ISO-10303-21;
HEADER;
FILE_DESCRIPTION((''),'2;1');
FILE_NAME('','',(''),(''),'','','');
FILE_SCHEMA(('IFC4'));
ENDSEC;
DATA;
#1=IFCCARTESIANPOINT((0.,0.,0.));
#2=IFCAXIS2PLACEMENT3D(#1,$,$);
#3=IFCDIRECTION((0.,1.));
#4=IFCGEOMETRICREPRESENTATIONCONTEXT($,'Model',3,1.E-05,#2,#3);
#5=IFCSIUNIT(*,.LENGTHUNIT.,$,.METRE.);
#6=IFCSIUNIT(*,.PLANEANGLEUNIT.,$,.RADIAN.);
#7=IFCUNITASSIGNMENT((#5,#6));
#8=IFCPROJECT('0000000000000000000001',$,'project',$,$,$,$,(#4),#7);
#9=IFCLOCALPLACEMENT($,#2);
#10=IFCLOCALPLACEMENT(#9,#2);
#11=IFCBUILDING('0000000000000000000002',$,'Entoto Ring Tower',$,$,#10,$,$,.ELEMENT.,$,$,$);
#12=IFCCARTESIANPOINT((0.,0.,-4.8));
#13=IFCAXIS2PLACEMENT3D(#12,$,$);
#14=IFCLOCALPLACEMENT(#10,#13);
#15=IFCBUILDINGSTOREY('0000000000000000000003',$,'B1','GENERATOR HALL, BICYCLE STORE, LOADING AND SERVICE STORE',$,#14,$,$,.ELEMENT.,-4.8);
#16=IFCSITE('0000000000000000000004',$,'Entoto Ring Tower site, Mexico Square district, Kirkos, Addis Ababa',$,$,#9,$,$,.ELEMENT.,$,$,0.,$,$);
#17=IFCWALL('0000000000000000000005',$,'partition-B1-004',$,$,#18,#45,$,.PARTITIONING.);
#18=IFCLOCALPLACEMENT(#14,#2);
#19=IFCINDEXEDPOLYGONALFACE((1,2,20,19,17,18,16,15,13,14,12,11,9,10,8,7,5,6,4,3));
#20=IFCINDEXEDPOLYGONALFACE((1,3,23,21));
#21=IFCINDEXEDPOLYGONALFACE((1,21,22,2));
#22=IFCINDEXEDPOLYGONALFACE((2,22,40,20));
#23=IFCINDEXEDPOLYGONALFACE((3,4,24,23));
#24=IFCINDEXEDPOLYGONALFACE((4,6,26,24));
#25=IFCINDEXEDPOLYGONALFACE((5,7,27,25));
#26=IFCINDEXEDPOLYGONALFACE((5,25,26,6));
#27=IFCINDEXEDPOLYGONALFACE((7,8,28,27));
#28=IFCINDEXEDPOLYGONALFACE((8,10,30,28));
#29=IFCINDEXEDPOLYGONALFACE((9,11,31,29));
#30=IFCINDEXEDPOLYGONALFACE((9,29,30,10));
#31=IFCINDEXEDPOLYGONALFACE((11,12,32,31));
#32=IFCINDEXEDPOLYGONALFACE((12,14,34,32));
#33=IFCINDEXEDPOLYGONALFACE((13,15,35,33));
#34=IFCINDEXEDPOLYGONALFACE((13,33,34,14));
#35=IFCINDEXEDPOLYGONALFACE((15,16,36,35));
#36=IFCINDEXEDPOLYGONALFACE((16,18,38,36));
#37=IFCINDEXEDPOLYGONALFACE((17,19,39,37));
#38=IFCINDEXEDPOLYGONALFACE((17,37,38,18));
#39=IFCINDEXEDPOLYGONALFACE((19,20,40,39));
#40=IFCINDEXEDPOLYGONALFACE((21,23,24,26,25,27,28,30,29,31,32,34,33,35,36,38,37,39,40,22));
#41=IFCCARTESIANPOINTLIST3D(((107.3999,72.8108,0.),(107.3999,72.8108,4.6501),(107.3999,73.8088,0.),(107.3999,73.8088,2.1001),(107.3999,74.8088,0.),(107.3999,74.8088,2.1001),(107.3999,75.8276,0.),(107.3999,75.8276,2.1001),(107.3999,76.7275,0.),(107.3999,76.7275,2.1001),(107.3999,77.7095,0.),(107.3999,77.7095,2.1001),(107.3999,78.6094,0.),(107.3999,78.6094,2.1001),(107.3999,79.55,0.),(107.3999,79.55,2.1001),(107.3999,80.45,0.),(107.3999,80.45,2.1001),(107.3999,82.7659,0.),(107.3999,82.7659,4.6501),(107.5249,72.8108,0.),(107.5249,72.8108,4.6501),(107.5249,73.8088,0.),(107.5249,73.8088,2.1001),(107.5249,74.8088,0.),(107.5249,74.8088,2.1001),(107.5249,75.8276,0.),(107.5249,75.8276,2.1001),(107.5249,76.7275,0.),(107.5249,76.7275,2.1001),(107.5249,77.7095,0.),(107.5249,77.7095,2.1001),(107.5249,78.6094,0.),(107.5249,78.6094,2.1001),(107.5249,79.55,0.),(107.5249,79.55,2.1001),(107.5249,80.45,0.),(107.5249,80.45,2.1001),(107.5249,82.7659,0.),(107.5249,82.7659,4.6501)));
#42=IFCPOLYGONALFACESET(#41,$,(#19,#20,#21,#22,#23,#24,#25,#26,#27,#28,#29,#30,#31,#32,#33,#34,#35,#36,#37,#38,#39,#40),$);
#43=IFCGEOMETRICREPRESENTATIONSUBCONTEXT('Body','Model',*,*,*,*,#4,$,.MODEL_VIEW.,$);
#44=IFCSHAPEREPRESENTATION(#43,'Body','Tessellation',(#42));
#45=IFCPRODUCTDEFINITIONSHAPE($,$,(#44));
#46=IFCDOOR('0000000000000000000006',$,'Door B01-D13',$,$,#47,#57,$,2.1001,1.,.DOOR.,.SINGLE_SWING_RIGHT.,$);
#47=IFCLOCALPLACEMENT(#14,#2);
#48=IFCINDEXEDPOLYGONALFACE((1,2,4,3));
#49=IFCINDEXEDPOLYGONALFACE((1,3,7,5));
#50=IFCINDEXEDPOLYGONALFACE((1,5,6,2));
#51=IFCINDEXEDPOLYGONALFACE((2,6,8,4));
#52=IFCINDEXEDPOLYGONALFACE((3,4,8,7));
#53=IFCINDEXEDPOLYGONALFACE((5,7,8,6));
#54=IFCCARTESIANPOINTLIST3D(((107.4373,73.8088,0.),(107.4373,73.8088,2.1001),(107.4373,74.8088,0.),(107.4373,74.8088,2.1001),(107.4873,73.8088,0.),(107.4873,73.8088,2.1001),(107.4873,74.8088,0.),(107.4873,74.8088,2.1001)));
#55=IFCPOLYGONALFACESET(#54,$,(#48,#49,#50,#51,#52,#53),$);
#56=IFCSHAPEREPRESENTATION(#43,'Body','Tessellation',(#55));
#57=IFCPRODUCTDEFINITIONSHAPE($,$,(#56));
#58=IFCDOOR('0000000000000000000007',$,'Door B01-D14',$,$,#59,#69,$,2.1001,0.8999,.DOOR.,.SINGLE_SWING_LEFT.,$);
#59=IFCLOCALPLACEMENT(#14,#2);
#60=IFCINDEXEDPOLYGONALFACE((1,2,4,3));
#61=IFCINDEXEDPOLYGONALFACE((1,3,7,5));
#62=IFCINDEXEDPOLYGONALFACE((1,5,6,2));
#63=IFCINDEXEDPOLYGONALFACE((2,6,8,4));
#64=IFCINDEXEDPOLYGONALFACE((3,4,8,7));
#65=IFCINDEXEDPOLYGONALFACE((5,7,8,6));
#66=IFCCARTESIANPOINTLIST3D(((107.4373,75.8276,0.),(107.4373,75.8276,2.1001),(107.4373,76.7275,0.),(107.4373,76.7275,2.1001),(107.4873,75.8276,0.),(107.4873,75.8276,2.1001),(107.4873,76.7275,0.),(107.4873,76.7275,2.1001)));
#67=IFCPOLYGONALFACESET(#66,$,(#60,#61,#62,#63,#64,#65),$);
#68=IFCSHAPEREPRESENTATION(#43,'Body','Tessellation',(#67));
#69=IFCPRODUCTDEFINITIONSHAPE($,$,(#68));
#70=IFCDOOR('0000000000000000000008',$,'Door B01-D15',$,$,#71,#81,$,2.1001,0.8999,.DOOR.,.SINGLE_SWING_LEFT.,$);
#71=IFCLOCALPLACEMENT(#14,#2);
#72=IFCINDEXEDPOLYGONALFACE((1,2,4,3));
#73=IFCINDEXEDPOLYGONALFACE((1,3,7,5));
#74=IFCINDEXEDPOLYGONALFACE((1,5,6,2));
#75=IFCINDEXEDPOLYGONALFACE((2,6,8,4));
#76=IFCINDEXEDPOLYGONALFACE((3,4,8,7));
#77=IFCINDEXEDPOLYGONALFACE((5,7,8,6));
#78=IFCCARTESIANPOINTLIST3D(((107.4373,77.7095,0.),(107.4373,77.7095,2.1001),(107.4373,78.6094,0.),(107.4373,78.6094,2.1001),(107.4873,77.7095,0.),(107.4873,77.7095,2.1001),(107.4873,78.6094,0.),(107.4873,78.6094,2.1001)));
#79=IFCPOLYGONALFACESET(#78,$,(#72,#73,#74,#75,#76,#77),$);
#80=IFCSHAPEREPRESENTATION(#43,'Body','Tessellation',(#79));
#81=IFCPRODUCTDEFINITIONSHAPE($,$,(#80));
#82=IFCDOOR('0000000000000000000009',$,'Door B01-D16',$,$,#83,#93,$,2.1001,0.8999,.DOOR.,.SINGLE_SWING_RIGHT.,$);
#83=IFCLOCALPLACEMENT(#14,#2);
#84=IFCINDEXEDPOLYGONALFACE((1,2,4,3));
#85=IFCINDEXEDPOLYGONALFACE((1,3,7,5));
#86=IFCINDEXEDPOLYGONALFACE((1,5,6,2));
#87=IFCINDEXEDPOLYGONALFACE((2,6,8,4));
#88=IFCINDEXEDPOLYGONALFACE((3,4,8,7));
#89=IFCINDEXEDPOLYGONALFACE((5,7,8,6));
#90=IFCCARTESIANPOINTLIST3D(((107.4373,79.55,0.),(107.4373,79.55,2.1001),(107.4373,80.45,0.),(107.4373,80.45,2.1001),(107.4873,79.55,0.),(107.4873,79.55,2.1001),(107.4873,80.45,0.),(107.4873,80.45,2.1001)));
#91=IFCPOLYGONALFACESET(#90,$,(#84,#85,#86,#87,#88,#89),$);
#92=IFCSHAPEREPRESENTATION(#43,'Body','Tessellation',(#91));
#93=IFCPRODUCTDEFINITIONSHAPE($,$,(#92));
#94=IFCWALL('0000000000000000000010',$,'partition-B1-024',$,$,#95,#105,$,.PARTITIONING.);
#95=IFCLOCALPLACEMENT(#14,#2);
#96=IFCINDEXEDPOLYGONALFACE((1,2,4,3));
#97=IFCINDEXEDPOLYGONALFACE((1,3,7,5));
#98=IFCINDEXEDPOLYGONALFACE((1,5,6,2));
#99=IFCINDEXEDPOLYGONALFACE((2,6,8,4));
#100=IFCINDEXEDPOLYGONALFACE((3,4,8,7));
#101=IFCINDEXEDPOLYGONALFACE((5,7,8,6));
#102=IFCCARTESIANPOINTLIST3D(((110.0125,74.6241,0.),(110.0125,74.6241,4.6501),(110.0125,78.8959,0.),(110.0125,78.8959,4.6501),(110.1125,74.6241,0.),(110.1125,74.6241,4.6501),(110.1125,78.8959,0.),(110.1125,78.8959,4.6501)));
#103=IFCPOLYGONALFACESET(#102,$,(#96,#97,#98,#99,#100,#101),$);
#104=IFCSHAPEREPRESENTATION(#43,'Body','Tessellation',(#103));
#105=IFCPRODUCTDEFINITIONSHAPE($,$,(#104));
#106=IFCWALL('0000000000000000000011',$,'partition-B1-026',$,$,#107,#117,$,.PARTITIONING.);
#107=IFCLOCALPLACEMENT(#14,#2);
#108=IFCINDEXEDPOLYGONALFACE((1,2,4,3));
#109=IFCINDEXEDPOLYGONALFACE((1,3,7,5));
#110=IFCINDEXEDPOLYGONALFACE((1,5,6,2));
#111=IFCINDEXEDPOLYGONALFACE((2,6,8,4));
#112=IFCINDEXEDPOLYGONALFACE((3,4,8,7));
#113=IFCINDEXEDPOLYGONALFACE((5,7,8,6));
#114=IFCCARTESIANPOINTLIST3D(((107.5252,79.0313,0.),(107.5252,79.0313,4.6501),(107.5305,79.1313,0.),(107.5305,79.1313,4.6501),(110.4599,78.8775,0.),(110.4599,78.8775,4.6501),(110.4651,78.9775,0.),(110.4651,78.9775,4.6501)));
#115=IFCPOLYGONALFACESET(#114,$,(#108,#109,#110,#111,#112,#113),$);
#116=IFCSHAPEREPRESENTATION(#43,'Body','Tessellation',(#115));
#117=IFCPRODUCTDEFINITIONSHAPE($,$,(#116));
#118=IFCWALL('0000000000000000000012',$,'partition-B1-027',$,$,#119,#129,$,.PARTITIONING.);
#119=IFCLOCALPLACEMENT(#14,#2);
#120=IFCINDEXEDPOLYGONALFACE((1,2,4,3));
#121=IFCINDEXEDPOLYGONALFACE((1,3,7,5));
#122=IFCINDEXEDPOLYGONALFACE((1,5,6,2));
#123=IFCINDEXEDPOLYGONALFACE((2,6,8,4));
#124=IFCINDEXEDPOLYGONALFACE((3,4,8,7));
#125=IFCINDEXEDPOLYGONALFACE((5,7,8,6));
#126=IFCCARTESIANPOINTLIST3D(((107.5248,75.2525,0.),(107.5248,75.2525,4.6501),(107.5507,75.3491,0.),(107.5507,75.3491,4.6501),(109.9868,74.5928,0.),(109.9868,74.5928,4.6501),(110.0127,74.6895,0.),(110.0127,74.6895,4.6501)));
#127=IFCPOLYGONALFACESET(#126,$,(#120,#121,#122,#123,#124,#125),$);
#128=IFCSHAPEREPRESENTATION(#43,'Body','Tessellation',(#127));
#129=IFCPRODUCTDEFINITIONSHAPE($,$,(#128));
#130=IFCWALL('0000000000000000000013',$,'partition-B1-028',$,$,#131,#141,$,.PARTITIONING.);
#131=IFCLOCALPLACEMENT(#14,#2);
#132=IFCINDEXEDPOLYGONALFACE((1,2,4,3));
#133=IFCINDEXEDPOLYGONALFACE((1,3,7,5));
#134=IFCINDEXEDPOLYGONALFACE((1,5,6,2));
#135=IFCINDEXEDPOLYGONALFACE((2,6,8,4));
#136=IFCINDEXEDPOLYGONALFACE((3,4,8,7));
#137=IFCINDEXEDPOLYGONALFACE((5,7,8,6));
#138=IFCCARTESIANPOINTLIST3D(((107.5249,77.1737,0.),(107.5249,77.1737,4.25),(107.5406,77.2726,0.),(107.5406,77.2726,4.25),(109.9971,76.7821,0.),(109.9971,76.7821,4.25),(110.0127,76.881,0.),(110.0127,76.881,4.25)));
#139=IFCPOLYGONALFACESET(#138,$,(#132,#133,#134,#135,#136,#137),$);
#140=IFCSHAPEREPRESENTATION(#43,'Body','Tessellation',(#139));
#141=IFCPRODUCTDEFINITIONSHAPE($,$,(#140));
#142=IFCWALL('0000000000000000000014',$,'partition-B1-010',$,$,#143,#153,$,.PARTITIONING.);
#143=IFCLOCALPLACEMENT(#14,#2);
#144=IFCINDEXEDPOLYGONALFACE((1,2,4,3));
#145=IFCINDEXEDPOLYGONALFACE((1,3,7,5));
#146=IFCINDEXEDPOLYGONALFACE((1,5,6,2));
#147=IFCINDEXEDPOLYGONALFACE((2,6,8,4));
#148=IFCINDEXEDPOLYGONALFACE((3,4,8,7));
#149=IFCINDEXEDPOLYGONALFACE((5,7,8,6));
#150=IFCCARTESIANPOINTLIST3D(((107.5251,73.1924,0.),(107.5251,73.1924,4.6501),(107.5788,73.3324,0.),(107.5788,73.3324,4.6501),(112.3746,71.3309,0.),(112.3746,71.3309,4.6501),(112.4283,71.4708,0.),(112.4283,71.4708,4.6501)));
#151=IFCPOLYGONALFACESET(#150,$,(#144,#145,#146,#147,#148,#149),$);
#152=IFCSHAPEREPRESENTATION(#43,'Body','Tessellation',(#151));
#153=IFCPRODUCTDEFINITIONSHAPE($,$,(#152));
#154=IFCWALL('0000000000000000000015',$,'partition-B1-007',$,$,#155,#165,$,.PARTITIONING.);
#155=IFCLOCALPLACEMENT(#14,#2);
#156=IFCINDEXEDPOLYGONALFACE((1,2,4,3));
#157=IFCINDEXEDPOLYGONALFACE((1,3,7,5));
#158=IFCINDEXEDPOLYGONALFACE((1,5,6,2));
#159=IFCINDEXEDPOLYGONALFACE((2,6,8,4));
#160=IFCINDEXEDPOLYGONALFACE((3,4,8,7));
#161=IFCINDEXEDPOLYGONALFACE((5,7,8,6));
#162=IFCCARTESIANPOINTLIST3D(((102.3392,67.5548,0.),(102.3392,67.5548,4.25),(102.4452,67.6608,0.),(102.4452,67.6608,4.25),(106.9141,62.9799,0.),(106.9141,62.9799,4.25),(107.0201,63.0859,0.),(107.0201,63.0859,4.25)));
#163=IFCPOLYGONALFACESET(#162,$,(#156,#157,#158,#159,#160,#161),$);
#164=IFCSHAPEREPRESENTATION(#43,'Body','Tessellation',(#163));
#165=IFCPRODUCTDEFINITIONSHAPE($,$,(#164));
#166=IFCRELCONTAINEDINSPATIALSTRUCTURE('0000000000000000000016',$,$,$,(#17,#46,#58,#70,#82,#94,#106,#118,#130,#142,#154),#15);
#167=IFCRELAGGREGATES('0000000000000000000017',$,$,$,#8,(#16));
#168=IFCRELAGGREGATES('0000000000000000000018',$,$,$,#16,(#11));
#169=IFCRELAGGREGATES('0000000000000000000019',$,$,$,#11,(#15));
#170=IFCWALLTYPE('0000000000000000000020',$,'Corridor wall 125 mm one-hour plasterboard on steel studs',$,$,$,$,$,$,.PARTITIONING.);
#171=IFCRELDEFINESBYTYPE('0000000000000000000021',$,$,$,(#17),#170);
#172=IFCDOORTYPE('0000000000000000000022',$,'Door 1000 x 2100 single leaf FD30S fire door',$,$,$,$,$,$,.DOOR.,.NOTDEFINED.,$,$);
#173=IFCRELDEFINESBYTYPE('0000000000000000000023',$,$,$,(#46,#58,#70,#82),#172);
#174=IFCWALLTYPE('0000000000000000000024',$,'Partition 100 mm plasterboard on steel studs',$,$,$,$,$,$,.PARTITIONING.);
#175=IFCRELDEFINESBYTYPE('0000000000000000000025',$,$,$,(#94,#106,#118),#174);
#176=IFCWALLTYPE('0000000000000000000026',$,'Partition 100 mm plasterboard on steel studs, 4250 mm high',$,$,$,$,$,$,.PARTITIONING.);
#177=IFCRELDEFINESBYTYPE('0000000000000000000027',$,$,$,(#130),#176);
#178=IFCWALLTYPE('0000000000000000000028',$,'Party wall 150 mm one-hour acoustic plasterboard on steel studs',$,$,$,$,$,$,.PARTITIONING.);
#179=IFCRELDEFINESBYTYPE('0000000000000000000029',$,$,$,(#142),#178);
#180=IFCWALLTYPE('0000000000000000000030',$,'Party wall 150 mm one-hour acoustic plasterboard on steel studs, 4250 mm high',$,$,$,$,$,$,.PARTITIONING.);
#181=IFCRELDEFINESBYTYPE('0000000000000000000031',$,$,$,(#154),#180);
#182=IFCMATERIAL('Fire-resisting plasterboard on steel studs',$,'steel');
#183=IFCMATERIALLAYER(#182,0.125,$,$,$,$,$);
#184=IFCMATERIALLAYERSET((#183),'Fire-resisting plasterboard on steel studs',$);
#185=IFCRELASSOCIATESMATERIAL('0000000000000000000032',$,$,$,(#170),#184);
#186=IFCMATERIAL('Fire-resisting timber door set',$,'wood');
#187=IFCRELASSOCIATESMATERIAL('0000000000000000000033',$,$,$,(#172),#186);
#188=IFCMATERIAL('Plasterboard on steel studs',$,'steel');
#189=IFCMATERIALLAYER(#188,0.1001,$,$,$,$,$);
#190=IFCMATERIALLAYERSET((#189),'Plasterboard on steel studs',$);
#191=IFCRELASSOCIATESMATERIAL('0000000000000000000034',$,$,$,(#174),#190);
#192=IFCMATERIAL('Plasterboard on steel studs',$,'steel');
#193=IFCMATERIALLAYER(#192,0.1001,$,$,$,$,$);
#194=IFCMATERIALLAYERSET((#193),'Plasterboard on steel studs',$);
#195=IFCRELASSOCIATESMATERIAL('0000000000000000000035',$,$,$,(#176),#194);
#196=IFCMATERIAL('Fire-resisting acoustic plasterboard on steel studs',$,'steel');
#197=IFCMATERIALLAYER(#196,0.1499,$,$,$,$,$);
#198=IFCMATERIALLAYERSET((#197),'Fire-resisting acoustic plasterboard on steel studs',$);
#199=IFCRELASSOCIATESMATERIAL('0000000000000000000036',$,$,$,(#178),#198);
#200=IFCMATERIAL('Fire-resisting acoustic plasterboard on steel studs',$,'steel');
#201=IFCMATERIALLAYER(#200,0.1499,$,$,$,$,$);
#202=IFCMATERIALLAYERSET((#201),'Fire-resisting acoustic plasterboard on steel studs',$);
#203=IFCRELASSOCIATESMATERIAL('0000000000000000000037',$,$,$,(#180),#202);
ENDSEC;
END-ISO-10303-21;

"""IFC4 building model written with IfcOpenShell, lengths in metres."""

from ifc_helpers import new_model, si_unit, direction, frame, frame_2d, origin, place, context, subcontext, project, spatial, rectangle, extrude, material, layer, layer_set, type_object, element, fill, save


model = new_model("IFC4")

# Units and contexts
model_context = context("Model", 3, precision=1e-05, world=origin(), true_north=direction((0.0, 1.0)))
body_context = subcontext(model_context, "Body", "Model", "MODEL_VIEW")
ifc_project = project(units=[si_unit("LENGTHUNIT", "METRE"), si_unit("PLANEANGLEUNIT", "RADIAN")], contexts=[model_context])

# Site, building, storey
site_placement = place(None, origin())
site = spatial("IfcSite", under=ifc_project, at=site_placement, Name="Entoto Ring Tower site, Mexico Square district, Kirkos, Addis Ababa", CompositionType="ELEMENT", RefElevation=0.0)
building_placement = place(site_placement, origin())
building = spatial("IfcBuilding", under=site, at=building_placement, Name="Entoto Ring Tower", CompositionType="ELEMENT")
storey_placement = place(building_placement, frame((0.0, 0.0, -4.8)))
storey = spatial("IfcBuildingStorey", under=building, at=storey_placement, Name="B1", Description="GENERATOR HALL, BICYCLE STORE, LOADING AND SERVICE STORE", CompositionType="ELEMENT", Elevation=-4.8)

# Wall, openings, doors
ifc_material_1 = material(Name="Fire-resisting plasterboard on steel studs", Category="steel")
ifc_layer_1 = layer(ifc_material_1, 0.125)
ifc_layer_set_1 = layer_set([ifc_layer_1], Name="Fire-resisting plasterboard on steel studs")
wall_type_1 = type_object("IfcWallType", Name="Corridor wall 125 mm one-hour plasterboard on steel studs", PredefinedType="PARTITIONING", material=ifc_layer_set_1)
wall_1_placement = place(storey_placement, frame((107.4624, 72.8108, 0.0), z_axis=(0.0, 0.0, 1.0), x_axis=(0.0, 1.0, 0.0)))
wall_1 = element("IfcWall", 1, at=wall_1_placement, inside=storey, type_object=wall_type_1, Name="partition-B1-004", PredefinedType="PARTITIONING", context=body_context, shape_type="SweptSolid", body=[
    extrude(rectangle(XDim=9.9551, YDim=0.125, at=frame_2d((4.9775, 0.0))), origin(), (0.0, 0.0, 1.0), 4.6501),
])
opening_1_placement = place(wall_1_placement, frame((0.998, 0.0, 0.0)))
opening_1 = element("IfcOpeningElement", 2, at=opening_1_placement, cuts=wall_1, PredefinedType="OPENING", context=body_context, shape_type="SweptSolid", body=[
    extrude(rectangle(XDim=1.0, YDim=2.1001, at=frame_2d((0.5, 1.05))), frame((0.0, 0.0725, 0.0), z_axis=(0.0, -1.0, 0.0), x_axis=(1.0, 0.0, 0.0)), (0.0, 0.0, 1.0), 0.145),
])
opening_2_placement = place(wall_1_placement, frame((3.0168, 0.0, 0.0)))
opening_2 = element("IfcOpeningElement", 3, at=opening_2_placement, cuts=wall_1, PredefinedType="OPENING", context=body_context, shape_type="SweptSolid", body=[
    extrude(rectangle(XDim=0.8999, YDim=2.1001, at=frame_2d((0.45, 1.05))), frame((0.0, 0.0725, 0.0), z_axis=(0.0, -1.0, 0.0), x_axis=(1.0, 0.0, 0.0)), (0.0, 0.0, 1.0), 0.145),
])
opening_3_placement = place(wall_1_placement, frame((4.8987, 0.0, 0.0)))
opening_3 = element("IfcOpeningElement", 4, at=opening_3_placement, cuts=wall_1, PredefinedType="OPENING", context=body_context, shape_type="SweptSolid", body=[
    extrude(rectangle(XDim=0.8999, YDim=2.1001, at=frame_2d((0.45, 1.05))), frame((0.0, 0.0725, 0.0), z_axis=(0.0, -1.0, 0.0), x_axis=(1.0, 0.0, 0.0)), (0.0, 0.0, 1.0), 0.145),
])
opening_4_placement = place(wall_1_placement, frame((6.7393, 0.0, 0.0)))
opening_4 = element("IfcOpeningElement", 5, at=opening_4_placement, cuts=wall_1, PredefinedType="OPENING", context=body_context, shape_type="SweptSolid", body=[
    extrude(rectangle(XDim=0.8999, YDim=2.1001, at=frame_2d((0.45, 1.05))), frame((0.0, 0.0725, 0.0), z_axis=(0.0, -1.0, 0.0), x_axis=(1.0, 0.0, 0.0)), (0.0, 0.0, 1.0), 0.145),
])
ifc_material_2 = material(Name="Fire-resisting timber door set", Category="wood")
door_type_1 = type_object("IfcDoorType", Name="Door 1000 x 2100 single leaf FD30S fire door", OperationType="NOTDEFINED", PredefinedType="DOOR", material=ifc_material_2)
door_1_placement = place(opening_1_placement, frame((1.0, 0.0, 0.0), z_axis=(0.0, 0.0, 1.0), x_axis=(-1.0, 0.0, 0.0)))
door_1 = element("IfcDoor", 6, at=door_1_placement, inside=storey, type_object=door_type_1, Name="Door B01-D13", OperationType="SINGLE_SWING_RIGHT", OverallHeight=2.1001, OverallWidth=1.0, PredefinedType="DOOR", context=body_context, shape_type="SweptSolid", body=[
    extrude(rectangle(XDim=1.0, YDim=2.1001, at=frame_2d((0.5, 1.05))), frame((0.0, 0.0249, 0.0), z_axis=(0.0, -1.0, 0.0), x_axis=(1.0, 0.0, 0.0)), (0.0, 0.0, 1.0), 0.05),
])
fill(opening_1, door_1)
door_2_placement = place(opening_2_placement, frame((0.8999, 0.0, 0.0), z_axis=(0.0, 0.0, 1.0), x_axis=(-1.0, 0.0, 0.0)))
door_2 = element("IfcDoor", 7, at=door_2_placement, inside=storey, type_object=door_type_1, Name="Door B01-D14", OperationType="SINGLE_SWING_LEFT", OverallHeight=2.1001, OverallWidth=0.8999, PredefinedType="DOOR", context=body_context, shape_type="SweptSolid", body=[
    extrude(rectangle(XDim=0.8999, YDim=2.1001, at=frame_2d((0.45, 1.05))), frame((0.0, 0.0249, 0.0), z_axis=(0.0, -1.0, 0.0), x_axis=(1.0, 0.0, 0.0)), (0.0, 0.0, 1.0), 0.05),
])
fill(opening_2, door_2)
door_3_placement = place(opening_3_placement, frame((0.8999, 0.0, 0.0), z_axis=(0.0, 0.0, 1.0), x_axis=(-1.0, 0.0, 0.0)))
door_3 = element("IfcDoor", 8, at=door_3_placement, inside=storey, type_object=door_type_1, Name="Door B01-D15", OperationType="SINGLE_SWING_LEFT", OverallHeight=2.1001, OverallWidth=0.8999, PredefinedType="DOOR", context=body_context, shape_type="SweptSolid", body=[
    extrude(rectangle(XDim=0.8999, YDim=2.1001, at=frame_2d((0.45, 1.05))), frame((0.0, 0.0249, 0.0), z_axis=(0.0, -1.0, 0.0), x_axis=(1.0, 0.0, 0.0)), (0.0, 0.0, 1.0), 0.05),
])
fill(opening_3, door_3)
door_4_placement = place(opening_4_placement, frame((0.8999, 0.0, 0.0), z_axis=(0.0, 0.0, 1.0), x_axis=(-1.0, 0.0, 0.0)))
door_4 = element("IfcDoor", 9, at=door_4_placement, inside=storey, type_object=door_type_1, Name="Door B01-D16", OperationType="SINGLE_SWING_RIGHT", OverallHeight=2.1001, OverallWidth=0.8999, PredefinedType="DOOR", context=body_context, shape_type="SweptSolid", body=[
    extrude(rectangle(XDim=0.8999, YDim=2.1001, at=frame_2d((0.45, 1.05))), frame((0.0, 0.0249, 0.0), z_axis=(0.0, -1.0, 0.0), x_axis=(1.0, 0.0, 0.0)), (0.0, 0.0, 1.0), 0.05),
])
fill(opening_4, door_4)

# Walls
ifc_material_3 = material(Name="Plasterboard on steel studs", Category="steel")
ifc_layer_2 = layer(ifc_material_3, 0.1001)
ifc_layer_set_2 = layer_set([ifc_layer_2], Name="Plasterboard on steel studs")
wall_type_2 = type_object("IfcWallType", Name="Partition 100 mm plasterboard on steel studs", PredefinedType="PARTITIONING", material=ifc_layer_set_2)
wall_2_placement = place(storey_placement, frame((110.0625, 74.6243, 0.0), z_axis=(0.0, 0.0, 1.0), x_axis=(0.0, 1.0, 0.0)))
element("IfcWall", 10, at=wall_2_placement, inside=storey, type_object=wall_type_2, Name="partition-B1-024", PredefinedType="PARTITIONING", context=body_context, shape_type="SweptSolid", body=[
    extrude(rectangle(XDim=4.2717, YDim=0.1001, at=frame_2d((2.1357, 0.0))), origin(), (0.0, 0.0, 1.0), 4.6501),
])
wall_3_placement = place(storey_placement, frame((110.4624, 78.9275, 0.0), z_axis=(0.0, 0.0, 1.0), x_axis=(-0.99863, 0.052336, 0.0)))
element("IfcWall", 11, at=wall_3_placement, inside=storey, type_object=wall_type_2, Name="partition-B1-026", PredefinedType="PARTITIONING", context=body_context, shape_type="SweptSolid", body=[
    extrude(rectangle(XDim=2.9387, YDim=0.1001, at=frame_2d((1.4692, 0.0))), origin(), (0.0, 0.0, 1.0), 4.6501),
])
wall_4_placement = place(storey_placement, frame((109.9998, 74.6411, 0.0), z_axis=(0.0, 0.0, 1.0), x_axis=(-0.965926, 0.258819, 0.0)))
element("IfcWall", 12, at=wall_4_placement, inside=storey, type_object=wall_type_2, Name="partition-B1-027", PredefinedType="PARTITIONING", context=body_context, shape_type="SweptSolid", body=[
    extrude(rectangle(XDim=2.5488, YDim=0.1001, at=frame_2d((1.2744, 0.0))), origin(), (0.0, 0.0, 1.0), 4.6501),
])
ifc_material_4 = material(Name="Plasterboard on steel studs", Category="steel")
ifc_layer_3 = layer(ifc_material_4, 0.1001)
ifc_layer_set_3 = layer_set([ifc_layer_3], Name="Plasterboard on steel studs")
wall_type_3 = type_object("IfcWallType", Name="Partition 100 mm plasterboard on steel studs, 4250 mm high", PredefinedType="PARTITIONING", material=ifc_layer_set_3)
wall_5_placement = place(storey_placement, frame((110.0049, 76.8315, 0.0), z_axis=(0.0, 0.0, 1.0), x_axis=(-0.987685, 0.156453, 0.0)))
element("IfcWall", 13, at=wall_5_placement, inside=storey, type_object=wall_type_3, Name="partition-B1-028", PredefinedType="PARTITIONING", context=body_context, shape_type="SweptSolid", body=[
    extrude(rectangle(XDim=2.5029, YDim=0.1001, at=frame_2d((1.2515, 0.0))), origin(), (0.0, 0.0, 1.0), 4.25),
])
ifc_material_5 = material(Name="Fire-resisting acoustic plasterboard on steel studs", Category="steel")
ifc_layer_4 = layer(ifc_material_5, 0.1499)
ifc_layer_set_4 = layer_set([ifc_layer_4], Name="Fire-resisting acoustic plasterboard on steel studs")
wall_type_4 = type_object("IfcWallType", Name="Party wall 150 mm one-hour acoustic plasterboard on steel studs", PredefinedType="PARTITIONING", material=ifc_layer_set_4)
wall_6_placement = place(storey_placement, frame((112.4014, 71.4009, 0.0), z_axis=(0.0, 0.0, 1.0), x_axis=(-0.933582, 0.358365, 0.0)))
element("IfcWall", 14, at=wall_6_placement, inside=storey, type_object=wall_type_4, Name="partition-B1-010", PredefinedType="PARTITIONING", context=body_context, shape_type="SweptSolid", body=[
    extrude(rectangle(XDim=5.1946, YDim=0.1499, at=frame_2d((2.5972, 0.0))), origin(), (0.0, 0.0, 1.0), 4.6501),
])
ifc_material_6 = material(Name="Fire-resisting acoustic plasterboard on steel studs", Category="steel")
ifc_layer_5 = layer(ifc_material_6, 0.1499)
ifc_layer_set_5 = layer_set([ifc_layer_5], Name="Fire-resisting acoustic plasterboard on steel studs")
wall_type_5 = type_object("IfcWallType", Name="Party wall 150 mm one-hour acoustic plasterboard on steel studs, 4250 mm high", PredefinedType="PARTITIONING", material=ifc_layer_set_5)
wall_7_placement = place(storey_placement, frame((106.967, 63.033, 0.0), z_axis=(0.0, 0.0, 1.0), x_axis=(-0.707107, 0.707107, 0.0)))
element("IfcWall", 15, at=wall_7_placement, inside=storey, type_object=wall_type_5, Name="partition-B1-007", PredefinedType="PARTITIONING", context=body_context, shape_type="SweptSolid", body=[
    extrude(rectangle(XDim=6.47, YDim=0.1499, at=frame_2d((3.2349, 0.0))), origin(), (0.0, 0.0, 1.0), 4.25),
])

save(model, "model.ifc")
